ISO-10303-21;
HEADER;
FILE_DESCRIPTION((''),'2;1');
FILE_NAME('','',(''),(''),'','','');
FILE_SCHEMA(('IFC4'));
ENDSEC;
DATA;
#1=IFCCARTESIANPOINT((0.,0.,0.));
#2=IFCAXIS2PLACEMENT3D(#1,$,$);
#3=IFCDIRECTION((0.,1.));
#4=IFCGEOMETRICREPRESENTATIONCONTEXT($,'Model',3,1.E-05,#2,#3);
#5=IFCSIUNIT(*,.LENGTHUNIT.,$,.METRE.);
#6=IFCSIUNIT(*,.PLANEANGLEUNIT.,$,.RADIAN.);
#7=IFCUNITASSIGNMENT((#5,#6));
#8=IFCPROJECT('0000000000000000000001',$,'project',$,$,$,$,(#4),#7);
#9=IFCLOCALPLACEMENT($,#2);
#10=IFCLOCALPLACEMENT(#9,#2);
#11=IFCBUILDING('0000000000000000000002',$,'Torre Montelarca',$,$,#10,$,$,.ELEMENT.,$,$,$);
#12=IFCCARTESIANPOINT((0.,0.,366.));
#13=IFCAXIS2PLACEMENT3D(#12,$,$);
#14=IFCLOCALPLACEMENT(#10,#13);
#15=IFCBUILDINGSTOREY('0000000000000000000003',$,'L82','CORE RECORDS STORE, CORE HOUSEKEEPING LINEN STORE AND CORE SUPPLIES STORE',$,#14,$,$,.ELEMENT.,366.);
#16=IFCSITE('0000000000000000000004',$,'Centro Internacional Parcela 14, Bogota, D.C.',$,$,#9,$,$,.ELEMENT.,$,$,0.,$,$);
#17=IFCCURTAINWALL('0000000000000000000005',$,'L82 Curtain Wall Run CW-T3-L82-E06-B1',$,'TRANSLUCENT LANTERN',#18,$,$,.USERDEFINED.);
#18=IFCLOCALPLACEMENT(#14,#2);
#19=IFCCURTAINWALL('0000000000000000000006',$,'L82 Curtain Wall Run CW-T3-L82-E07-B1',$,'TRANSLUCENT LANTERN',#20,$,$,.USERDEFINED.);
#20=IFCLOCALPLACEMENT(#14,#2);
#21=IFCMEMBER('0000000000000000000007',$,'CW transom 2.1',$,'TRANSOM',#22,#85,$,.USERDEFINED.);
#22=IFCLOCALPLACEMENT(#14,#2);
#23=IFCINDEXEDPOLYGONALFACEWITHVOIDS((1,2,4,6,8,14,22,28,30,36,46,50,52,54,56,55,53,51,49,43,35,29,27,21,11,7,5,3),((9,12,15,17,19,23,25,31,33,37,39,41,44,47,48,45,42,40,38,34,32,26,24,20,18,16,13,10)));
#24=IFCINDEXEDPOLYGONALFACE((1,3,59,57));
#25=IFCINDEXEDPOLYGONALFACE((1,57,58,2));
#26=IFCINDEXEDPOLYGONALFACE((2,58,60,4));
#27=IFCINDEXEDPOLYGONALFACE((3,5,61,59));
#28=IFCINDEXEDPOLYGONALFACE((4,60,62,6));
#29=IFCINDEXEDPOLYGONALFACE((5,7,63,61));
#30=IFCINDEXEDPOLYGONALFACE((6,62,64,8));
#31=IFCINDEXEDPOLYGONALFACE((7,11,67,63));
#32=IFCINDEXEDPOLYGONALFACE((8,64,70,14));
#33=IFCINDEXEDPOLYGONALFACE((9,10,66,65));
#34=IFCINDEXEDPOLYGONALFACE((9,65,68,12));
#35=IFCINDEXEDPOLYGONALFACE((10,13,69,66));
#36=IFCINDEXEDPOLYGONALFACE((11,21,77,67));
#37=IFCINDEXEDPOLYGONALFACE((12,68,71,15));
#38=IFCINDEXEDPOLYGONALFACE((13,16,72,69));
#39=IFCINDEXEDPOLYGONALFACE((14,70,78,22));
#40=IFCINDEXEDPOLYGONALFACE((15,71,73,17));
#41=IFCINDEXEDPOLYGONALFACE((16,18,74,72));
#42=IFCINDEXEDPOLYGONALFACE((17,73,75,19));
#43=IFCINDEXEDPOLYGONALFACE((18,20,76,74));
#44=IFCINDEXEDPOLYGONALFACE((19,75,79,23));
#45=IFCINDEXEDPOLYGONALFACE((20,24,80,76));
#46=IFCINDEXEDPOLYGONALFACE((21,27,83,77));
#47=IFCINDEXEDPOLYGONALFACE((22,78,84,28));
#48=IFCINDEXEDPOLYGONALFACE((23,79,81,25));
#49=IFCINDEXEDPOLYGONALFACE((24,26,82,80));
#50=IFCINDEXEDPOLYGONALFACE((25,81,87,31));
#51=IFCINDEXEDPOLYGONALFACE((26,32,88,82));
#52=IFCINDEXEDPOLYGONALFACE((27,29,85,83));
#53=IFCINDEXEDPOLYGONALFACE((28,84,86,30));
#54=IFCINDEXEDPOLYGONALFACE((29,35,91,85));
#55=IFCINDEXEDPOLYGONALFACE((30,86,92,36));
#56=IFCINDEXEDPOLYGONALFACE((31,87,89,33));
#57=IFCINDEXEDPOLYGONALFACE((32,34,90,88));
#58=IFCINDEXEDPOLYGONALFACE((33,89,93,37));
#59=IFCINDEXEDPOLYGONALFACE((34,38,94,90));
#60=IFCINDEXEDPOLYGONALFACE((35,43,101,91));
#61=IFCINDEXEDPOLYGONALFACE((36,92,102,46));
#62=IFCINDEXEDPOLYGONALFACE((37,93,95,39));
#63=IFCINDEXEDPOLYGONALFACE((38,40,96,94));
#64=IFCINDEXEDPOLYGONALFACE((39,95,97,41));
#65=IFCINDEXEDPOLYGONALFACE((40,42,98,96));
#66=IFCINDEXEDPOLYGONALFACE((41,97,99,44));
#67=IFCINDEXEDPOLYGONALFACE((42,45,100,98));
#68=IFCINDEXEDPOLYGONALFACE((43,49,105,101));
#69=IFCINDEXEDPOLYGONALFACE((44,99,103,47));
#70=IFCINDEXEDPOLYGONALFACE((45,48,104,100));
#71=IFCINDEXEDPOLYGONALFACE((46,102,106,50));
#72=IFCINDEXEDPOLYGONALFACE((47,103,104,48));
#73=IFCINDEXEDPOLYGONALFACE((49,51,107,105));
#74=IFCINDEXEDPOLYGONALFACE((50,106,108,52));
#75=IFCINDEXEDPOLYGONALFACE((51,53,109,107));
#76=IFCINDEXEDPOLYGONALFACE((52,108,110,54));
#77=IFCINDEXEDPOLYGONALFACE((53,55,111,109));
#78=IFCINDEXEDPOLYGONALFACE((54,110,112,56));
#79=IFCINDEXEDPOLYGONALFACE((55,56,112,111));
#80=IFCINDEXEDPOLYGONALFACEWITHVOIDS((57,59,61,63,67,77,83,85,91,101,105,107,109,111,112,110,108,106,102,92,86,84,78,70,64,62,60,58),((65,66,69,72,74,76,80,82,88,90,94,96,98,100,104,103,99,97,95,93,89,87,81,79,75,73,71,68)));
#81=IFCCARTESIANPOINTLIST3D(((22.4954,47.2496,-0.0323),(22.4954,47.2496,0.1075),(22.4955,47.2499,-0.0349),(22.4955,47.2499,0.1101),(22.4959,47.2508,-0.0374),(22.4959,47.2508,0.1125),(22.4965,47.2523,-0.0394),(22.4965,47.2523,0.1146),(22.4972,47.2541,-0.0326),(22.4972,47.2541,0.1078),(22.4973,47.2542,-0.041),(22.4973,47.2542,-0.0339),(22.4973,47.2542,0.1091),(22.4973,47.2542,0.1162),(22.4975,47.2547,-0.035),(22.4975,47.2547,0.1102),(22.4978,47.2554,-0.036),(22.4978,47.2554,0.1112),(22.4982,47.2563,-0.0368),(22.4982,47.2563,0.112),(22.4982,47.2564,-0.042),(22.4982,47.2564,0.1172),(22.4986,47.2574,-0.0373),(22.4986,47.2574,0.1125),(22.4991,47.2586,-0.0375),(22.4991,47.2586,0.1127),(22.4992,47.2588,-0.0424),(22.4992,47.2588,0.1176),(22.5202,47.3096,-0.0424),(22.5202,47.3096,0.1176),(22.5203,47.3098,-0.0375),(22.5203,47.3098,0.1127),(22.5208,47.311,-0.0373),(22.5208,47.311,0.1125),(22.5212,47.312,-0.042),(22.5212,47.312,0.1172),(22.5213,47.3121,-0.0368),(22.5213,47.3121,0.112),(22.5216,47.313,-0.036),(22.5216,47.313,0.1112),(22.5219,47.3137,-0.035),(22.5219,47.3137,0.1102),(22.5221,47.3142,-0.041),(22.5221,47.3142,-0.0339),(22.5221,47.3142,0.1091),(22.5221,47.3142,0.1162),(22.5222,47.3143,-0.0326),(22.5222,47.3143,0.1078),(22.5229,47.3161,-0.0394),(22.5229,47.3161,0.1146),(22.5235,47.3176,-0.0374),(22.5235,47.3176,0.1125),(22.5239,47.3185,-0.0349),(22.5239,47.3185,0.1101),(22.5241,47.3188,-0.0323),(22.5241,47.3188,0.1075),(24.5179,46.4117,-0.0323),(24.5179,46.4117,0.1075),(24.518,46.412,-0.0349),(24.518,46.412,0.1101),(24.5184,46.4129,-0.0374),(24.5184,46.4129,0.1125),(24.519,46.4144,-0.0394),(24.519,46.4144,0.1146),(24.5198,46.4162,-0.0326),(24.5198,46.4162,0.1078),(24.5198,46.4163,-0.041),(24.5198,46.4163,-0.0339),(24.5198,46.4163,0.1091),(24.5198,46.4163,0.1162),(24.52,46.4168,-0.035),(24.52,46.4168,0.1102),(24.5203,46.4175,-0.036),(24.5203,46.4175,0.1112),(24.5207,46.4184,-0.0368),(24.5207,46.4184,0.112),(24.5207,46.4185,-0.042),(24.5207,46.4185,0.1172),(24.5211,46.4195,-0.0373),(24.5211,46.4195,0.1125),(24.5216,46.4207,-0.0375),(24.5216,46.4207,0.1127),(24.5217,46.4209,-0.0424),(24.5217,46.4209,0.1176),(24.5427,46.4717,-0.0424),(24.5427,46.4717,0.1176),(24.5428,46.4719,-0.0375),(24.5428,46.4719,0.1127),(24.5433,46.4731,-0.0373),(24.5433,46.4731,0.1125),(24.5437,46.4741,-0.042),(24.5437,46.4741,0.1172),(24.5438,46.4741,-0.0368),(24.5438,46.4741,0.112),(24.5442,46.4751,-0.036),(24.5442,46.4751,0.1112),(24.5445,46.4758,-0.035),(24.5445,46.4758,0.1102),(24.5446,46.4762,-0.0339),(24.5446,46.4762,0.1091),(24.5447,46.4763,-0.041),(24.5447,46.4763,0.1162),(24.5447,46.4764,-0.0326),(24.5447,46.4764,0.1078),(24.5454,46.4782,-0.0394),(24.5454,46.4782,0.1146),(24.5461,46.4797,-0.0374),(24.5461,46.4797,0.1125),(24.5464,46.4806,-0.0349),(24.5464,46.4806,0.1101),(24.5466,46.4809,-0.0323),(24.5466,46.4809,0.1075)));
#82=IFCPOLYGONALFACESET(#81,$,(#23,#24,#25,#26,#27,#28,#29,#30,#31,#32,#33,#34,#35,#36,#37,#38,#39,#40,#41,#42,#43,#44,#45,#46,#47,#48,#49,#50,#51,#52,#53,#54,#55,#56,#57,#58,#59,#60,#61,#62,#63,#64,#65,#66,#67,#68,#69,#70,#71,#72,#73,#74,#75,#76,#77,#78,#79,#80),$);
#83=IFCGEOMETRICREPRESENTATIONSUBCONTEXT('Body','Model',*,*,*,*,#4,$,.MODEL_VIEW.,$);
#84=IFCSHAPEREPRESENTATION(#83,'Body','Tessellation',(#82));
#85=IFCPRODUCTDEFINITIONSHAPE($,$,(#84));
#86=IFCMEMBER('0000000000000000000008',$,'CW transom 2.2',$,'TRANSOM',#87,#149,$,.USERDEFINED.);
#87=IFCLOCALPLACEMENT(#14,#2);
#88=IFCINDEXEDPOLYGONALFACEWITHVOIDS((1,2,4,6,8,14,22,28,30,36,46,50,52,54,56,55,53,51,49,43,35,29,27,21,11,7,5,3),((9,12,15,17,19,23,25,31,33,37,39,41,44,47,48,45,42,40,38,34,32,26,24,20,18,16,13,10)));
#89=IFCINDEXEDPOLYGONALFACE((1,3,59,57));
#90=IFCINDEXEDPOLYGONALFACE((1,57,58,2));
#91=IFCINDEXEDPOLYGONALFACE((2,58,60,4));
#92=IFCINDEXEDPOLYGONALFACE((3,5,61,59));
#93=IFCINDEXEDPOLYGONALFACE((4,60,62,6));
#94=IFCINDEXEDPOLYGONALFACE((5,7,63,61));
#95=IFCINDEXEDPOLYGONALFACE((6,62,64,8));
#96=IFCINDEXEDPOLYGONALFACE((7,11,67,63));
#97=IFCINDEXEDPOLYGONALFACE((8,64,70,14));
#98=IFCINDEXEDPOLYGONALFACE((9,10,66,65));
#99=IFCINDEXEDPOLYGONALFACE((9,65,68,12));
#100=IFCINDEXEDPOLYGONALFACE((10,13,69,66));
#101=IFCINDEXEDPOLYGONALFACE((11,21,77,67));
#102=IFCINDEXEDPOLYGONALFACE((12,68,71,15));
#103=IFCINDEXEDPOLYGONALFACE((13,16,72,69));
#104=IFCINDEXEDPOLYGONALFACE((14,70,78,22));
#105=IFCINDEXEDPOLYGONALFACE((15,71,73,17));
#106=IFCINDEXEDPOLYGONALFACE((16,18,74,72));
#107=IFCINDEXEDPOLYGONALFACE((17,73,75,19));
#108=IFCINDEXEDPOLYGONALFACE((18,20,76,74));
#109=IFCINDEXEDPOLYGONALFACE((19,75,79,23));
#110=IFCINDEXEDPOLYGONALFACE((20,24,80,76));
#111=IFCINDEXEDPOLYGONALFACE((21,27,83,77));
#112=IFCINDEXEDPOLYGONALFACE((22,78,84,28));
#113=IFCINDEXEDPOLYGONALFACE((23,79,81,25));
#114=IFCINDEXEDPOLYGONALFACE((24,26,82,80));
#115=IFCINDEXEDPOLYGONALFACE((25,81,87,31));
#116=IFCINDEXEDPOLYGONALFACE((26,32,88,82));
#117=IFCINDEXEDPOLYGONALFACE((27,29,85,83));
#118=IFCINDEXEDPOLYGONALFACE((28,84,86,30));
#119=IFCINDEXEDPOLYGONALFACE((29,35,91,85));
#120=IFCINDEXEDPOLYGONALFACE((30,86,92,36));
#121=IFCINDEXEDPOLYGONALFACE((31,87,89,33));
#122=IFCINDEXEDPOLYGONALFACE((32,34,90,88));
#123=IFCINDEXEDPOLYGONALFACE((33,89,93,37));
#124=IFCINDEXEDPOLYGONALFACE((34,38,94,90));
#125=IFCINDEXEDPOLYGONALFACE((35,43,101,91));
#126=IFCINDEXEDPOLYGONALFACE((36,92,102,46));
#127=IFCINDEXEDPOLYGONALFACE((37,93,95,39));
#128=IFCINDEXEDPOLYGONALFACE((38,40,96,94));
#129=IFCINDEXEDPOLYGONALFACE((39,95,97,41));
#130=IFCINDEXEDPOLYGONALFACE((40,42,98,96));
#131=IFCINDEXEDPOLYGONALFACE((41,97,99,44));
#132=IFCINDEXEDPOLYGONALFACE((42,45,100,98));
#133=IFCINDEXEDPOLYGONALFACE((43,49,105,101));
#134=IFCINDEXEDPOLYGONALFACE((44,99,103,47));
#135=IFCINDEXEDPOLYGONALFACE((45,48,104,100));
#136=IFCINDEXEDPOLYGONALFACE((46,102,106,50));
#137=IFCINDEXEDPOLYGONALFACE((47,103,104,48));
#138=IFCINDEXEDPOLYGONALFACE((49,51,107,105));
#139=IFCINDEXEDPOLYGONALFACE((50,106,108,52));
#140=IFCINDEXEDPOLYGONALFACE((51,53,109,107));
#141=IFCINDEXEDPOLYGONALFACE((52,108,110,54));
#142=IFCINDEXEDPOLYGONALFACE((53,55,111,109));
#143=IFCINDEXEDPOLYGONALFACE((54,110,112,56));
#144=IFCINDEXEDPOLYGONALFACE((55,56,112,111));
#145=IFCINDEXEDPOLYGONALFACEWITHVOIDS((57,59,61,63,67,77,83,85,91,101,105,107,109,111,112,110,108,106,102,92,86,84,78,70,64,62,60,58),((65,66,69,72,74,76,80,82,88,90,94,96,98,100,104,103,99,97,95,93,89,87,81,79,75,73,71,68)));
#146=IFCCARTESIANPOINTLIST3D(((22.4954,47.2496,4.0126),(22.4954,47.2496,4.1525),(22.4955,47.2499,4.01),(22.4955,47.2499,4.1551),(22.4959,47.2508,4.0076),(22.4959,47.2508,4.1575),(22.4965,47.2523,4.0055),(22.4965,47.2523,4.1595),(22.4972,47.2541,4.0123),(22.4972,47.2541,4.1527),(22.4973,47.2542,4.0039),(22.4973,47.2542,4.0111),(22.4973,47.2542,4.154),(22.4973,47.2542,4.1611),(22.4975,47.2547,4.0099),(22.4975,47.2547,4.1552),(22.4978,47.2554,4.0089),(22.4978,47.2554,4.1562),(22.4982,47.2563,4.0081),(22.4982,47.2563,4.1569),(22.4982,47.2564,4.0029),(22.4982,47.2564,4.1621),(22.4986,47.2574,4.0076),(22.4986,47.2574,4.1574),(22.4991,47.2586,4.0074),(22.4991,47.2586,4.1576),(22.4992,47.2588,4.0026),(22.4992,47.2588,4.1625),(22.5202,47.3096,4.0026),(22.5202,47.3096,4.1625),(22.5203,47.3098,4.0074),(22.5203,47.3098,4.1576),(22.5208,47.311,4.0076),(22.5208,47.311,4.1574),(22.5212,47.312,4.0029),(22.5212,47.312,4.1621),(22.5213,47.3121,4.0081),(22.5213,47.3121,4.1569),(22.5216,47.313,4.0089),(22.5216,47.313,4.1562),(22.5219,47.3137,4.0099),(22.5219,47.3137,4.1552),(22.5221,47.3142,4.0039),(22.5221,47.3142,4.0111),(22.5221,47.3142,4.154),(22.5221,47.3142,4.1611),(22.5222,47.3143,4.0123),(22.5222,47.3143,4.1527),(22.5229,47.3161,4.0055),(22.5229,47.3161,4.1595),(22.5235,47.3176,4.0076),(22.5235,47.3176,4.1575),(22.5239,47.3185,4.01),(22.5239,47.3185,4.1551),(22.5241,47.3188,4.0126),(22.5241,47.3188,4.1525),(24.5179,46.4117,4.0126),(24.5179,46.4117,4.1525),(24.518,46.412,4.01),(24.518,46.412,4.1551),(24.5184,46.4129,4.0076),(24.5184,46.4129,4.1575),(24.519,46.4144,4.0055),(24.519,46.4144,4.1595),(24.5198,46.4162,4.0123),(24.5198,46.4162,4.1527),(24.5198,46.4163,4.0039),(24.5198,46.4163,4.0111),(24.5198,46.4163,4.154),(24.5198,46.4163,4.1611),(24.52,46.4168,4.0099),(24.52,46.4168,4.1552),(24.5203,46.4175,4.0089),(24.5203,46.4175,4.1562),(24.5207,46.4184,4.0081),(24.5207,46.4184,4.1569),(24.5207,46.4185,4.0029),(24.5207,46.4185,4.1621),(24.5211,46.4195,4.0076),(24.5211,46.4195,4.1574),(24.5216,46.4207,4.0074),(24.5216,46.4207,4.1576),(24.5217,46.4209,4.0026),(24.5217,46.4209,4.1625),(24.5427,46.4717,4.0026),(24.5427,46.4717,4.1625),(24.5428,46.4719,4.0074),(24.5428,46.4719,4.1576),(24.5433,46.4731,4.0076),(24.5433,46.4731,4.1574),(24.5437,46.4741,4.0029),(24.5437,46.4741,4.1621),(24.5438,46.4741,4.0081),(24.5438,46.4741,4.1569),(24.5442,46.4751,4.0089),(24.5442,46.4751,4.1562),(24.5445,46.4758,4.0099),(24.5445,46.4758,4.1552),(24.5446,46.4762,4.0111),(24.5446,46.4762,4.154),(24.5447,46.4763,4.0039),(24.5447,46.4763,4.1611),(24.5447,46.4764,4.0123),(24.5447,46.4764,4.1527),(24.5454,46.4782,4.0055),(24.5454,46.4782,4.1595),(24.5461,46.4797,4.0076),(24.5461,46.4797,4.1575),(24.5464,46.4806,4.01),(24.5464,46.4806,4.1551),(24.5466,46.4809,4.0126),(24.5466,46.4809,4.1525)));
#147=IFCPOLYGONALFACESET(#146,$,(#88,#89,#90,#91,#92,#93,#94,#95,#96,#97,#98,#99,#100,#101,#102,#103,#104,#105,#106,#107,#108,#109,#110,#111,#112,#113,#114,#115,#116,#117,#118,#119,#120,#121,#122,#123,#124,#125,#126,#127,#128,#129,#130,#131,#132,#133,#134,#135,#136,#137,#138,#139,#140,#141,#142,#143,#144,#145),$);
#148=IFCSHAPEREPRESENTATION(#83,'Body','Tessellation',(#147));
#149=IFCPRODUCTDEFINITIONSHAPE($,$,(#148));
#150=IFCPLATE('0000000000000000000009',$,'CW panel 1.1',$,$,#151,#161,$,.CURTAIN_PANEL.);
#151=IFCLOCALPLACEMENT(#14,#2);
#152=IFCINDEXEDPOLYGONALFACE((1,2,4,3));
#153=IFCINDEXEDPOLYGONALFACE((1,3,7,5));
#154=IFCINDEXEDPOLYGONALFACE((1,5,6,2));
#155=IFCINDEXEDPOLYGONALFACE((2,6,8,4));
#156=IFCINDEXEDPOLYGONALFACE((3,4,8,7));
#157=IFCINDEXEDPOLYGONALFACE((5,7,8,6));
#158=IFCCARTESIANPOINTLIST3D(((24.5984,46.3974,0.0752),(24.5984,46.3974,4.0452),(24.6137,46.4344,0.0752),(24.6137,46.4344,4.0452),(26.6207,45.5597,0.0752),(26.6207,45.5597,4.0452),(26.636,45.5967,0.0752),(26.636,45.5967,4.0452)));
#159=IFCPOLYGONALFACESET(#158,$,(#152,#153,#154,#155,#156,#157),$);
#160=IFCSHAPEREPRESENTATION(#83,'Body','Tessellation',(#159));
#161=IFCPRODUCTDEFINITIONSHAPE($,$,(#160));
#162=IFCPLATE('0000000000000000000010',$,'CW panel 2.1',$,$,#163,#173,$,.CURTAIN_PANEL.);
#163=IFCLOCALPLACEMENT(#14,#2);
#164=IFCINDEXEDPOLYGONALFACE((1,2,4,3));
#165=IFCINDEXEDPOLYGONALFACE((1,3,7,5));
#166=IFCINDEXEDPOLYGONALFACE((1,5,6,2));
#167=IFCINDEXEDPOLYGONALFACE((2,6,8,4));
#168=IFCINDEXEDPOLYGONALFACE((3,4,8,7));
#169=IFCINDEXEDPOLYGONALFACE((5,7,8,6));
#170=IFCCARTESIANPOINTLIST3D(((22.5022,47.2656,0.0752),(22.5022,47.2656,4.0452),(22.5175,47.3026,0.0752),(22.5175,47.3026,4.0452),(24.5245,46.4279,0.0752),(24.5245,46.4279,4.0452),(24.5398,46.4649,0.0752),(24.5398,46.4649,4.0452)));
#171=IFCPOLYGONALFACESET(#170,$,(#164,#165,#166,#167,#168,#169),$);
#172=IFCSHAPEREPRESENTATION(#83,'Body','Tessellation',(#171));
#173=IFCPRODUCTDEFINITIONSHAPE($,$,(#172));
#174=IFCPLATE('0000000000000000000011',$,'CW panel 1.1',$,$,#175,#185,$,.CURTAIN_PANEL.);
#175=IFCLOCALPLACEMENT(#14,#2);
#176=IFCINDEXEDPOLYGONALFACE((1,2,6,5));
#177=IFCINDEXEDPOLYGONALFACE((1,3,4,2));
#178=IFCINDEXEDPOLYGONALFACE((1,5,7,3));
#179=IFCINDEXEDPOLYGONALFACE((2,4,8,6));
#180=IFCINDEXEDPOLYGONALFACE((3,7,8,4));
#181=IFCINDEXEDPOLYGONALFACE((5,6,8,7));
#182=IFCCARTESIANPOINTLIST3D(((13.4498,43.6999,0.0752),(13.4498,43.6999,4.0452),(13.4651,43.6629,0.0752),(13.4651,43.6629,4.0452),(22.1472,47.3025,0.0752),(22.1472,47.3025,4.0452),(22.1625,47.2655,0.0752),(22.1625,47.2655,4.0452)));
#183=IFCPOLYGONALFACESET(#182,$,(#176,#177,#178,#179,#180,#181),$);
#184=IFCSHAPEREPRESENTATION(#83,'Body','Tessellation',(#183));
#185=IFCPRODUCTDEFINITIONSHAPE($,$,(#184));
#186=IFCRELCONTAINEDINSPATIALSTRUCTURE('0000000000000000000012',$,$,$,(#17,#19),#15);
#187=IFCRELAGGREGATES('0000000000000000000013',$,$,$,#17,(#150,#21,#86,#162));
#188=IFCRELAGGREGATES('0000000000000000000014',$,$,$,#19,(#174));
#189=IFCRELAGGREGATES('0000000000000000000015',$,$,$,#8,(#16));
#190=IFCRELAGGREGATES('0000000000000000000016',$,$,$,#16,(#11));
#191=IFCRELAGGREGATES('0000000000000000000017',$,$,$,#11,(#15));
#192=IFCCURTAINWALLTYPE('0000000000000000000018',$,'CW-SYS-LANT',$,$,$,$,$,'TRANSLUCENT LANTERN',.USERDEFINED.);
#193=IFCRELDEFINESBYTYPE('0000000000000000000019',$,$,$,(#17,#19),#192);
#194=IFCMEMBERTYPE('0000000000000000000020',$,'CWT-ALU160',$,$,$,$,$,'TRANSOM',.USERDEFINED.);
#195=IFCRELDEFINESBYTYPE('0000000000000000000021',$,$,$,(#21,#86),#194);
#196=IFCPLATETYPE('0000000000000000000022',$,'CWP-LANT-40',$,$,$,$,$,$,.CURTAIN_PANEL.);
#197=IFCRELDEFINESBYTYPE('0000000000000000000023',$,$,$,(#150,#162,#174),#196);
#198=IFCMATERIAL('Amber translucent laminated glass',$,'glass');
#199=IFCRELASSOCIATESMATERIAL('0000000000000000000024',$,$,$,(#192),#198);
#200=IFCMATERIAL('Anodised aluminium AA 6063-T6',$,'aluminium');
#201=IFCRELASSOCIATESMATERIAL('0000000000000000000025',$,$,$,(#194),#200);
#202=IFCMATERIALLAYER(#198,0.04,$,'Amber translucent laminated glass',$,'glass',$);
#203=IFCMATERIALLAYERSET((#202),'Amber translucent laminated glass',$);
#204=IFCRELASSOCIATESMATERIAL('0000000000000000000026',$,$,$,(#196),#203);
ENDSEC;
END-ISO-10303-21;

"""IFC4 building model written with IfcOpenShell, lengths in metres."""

from ifc_helpers import new_model, si_unit, direction, frame, origin, origin_2d, place, context, subcontext, project, spatial, rectangle, hollow_rectangle, extrude, source, transform, mapped, material, layer, layer_set, material_profile, profile_set, type_object, element, aggregate, save


model = new_model("IFC4")

# Units and contexts
model_context = context("Model", 3, precision=1e-05, world=origin(), true_north=direction((0.0, 1.0)))
body_context = subcontext(model_context, "Body", "Model", "MODEL_VIEW")
ifc_project = project(units=[si_unit("LENGTHUNIT", "METRE"), si_unit("PLANEANGLEUNIT", "RADIAN")], contexts=[model_context])

# Site, building, storey
site_placement = place(None, origin())
site = spatial("IfcSite", under=ifc_project, at=site_placement, Name="Centro Internacional Parcela 14, Bogota, D.C.", CompositionType="ELEMENT", RefElevation=0.0)
building_placement = place(site_placement, origin())
building = spatial("IfcBuilding", under=site, at=building_placement, Name="Torre Montelarca", CompositionType="ELEMENT")
storey_placement = place(building_placement, frame((0.0, 0.0, 366.0)))
storey = spatial("IfcBuildingStorey", under=building, at=storey_placement, Name="L82", Description="CORE RECORDS STORE, CORE HOUSEKEEPING LINEN STORE AND CORE SUPPLIES STORE", CompositionType="ELEMENT", Elevation=366.0)

# Curtain wall
ifc_material_1 = material(Name="Amber translucent laminated glass", Category="glass")
curtain_wall_type = type_object("IfcCurtainWallType", Name="CW-SYS-LANT", ElementType="TRANSLUCENT LANTERN", PredefinedType="USERDEFINED", material=ifc_material_1)
curtain_wall_1_placement = place(storey_placement, origin())
curtain_wall_1 = element("IfcCurtainWall", 1, at=curtain_wall_1_placement, inside=storey, type_object=curtain_wall_type, Name="L82 Curtain Wall Run CW-T3-L82-E06-B1", ObjectType="TRANSLUCENT LANTERN", PredefinedType="USERDEFINED")
ifc_material_2 = material(Name="Anodised aluminium AA 6063-T6", Category="aluminium")

# Curtain wall
curtain_wall_2_placement = place(storey_placement, origin())
curtain_wall_2 = element("IfcCurtainWall", 2, at=curtain_wall_2_placement, inside=storey, type_object=curtain_wall_type, Name="L82 Curtain Wall Run CW-T3-L82-E07-B1", ObjectType="TRANSLUCENT LANTERN", PredefinedType="USERDEFINED")

# Members
ifc_material_profile_1 = material_profile(ifc_material_2, hollow_rectangle(XDim=0.075, YDim=0.1599, WallThickness=0.0049, InnerFilletRadius=0.0049, OuterFilletRadius=0.01, at=origin_2d()), Name="ALU75X160X5", Category="aluminium")
ifc_profile_set_1 = profile_set([ifc_material_profile_1], Name="Anodised aluminium AA 6063-T6")
member_type_1 = type_object("IfcMemberType", Name="CWT-ALU160", ElementType="TRANSOM", PredefinedType="USERDEFINED", material=ifc_profile_set_1)
shared_shape_1 = source(origin(), body_context, "Body", "SweptSolid", [
    extrude(hollow_rectangle(XDim=0.075, YDim=0.1599, WallThickness=0.0049, InnerFilletRadius=0.0049, OuterFilletRadius=0.01, at=origin_2d()), origin(), (0.0, 0.0, 1.0), 2.1892),
])
member_1_placement = place(storey_placement, frame((24.5322, 46.4463, 0.0376), z_axis=(-0.923854, 0.382746, 0.0), x_axis=(-0.382746, -0.923854, 0.0)))
member_1 = element("IfcMember", 3, at=member_1_placement, type_object=member_type_1, Name="CW transom 2.1", ObjectType="TRANSOM", PredefinedType="USERDEFINED", context=body_context, shape_type="MappedRepresentation", body=[
    mapped(shared_shape_1, transform((0.0, 0.0, 0.0), scale=1.0)),
])
member_2_placement = place(storey_placement, frame((24.5322, 46.4463, 4.0825), z_axis=(-0.923854, 0.382746, 0.0), x_axis=(-0.382746, -0.923854, 0.0)))
member_2 = element("IfcMember", 4, at=member_2_placement, type_object=member_type_1, Name="CW transom 2.2", ObjectType="TRANSOM", PredefinedType="USERDEFINED", context=body_context, shape_type="MappedRepresentation", body=[
    mapped(shared_shape_1, transform((0.0, 0.0, 0.0), scale=1.0)),
])

# Plates
ifc_layer_1 = layer(ifc_material_1, 0.04, Name="Amber translucent laminated glass", Category="glass")
ifc_layer_set_1 = layer_set([ifc_layer_1], Name="Amber translucent laminated glass")
plate_type = type_object("IfcPlateType", Name="CWP-LANT-40", PredefinedType="CURTAIN_PANEL", material=ifc_layer_set_1)
shared_shape_2 = source(origin(), body_context, "Body", "SweptSolid", [
    extrude(rectangle(XDim=2.189, YDim=0.04, at=origin_2d()), origin(), (0.0, 0.0, 1.0), 3.97),
])
plate_1_placement = place(storey_placement, frame((25.6172, 45.9971, 0.0752), z_axis=(0.0, 0.0, 1.0), x_axis=(-0.923883, 0.382676, 0.0)))
plate_1 = element("IfcPlate", 5, at=plate_1_placement, type_object=plate_type, Name="CW panel 1.1", PredefinedType="CURTAIN_PANEL", context=body_context, shape_type="MappedRepresentation", body=[
    mapped(shared_shape_2, transform((0.0, 0.0, 0.0), scale=1.0)),
])
plate_2_placement = place(storey_placement, frame((23.521, 46.8652, 0.0752), z_axis=(0.0, 0.0, 1.0), x_axis=(-0.923883, 0.382676, 0.0)))
plate_2 = element("IfcPlate", 6, at=plate_2_placement, type_object=plate_type, Name="CW panel 2.1", PredefinedType="CURTAIN_PANEL", context=body_context, shape_type="MappedRepresentation", body=[
    mapped(shared_shape_2, transform((0.0, 0.0, 0.0), scale=1.0)),
])
aggregate(curtain_wall_1, [plate_1, member_1, member_2, plate_2])
shared_shape_3 = source(origin(), body_context, "Body", "SweptSolid", [
    extrude(rectangle(XDim=9.4141, YDim=0.04, at=origin_2d()), origin(), (0.0, 0.0, 1.0), 3.97),
])
plate_3_placement = place(storey_placement, frame((17.8062, 45.4827, 0.0752), z_axis=(0.0, 0.0, 1.0), x_axis=(-0.923879, -0.382685, 0.0)))
plate_3 = element("IfcPlate", 7, at=plate_3_placement, type_object=plate_type, Name="CW panel 1.1", PredefinedType="CURTAIN_PANEL", context=body_context, shape_type="MappedRepresentation", body=[
    mapped(shared_shape_3, transform((0.0, 0.0, 0.0), scale=1.0)),
])
aggregate(curtain_wall_2, [plate_3])

save(model, "model.ifc")
